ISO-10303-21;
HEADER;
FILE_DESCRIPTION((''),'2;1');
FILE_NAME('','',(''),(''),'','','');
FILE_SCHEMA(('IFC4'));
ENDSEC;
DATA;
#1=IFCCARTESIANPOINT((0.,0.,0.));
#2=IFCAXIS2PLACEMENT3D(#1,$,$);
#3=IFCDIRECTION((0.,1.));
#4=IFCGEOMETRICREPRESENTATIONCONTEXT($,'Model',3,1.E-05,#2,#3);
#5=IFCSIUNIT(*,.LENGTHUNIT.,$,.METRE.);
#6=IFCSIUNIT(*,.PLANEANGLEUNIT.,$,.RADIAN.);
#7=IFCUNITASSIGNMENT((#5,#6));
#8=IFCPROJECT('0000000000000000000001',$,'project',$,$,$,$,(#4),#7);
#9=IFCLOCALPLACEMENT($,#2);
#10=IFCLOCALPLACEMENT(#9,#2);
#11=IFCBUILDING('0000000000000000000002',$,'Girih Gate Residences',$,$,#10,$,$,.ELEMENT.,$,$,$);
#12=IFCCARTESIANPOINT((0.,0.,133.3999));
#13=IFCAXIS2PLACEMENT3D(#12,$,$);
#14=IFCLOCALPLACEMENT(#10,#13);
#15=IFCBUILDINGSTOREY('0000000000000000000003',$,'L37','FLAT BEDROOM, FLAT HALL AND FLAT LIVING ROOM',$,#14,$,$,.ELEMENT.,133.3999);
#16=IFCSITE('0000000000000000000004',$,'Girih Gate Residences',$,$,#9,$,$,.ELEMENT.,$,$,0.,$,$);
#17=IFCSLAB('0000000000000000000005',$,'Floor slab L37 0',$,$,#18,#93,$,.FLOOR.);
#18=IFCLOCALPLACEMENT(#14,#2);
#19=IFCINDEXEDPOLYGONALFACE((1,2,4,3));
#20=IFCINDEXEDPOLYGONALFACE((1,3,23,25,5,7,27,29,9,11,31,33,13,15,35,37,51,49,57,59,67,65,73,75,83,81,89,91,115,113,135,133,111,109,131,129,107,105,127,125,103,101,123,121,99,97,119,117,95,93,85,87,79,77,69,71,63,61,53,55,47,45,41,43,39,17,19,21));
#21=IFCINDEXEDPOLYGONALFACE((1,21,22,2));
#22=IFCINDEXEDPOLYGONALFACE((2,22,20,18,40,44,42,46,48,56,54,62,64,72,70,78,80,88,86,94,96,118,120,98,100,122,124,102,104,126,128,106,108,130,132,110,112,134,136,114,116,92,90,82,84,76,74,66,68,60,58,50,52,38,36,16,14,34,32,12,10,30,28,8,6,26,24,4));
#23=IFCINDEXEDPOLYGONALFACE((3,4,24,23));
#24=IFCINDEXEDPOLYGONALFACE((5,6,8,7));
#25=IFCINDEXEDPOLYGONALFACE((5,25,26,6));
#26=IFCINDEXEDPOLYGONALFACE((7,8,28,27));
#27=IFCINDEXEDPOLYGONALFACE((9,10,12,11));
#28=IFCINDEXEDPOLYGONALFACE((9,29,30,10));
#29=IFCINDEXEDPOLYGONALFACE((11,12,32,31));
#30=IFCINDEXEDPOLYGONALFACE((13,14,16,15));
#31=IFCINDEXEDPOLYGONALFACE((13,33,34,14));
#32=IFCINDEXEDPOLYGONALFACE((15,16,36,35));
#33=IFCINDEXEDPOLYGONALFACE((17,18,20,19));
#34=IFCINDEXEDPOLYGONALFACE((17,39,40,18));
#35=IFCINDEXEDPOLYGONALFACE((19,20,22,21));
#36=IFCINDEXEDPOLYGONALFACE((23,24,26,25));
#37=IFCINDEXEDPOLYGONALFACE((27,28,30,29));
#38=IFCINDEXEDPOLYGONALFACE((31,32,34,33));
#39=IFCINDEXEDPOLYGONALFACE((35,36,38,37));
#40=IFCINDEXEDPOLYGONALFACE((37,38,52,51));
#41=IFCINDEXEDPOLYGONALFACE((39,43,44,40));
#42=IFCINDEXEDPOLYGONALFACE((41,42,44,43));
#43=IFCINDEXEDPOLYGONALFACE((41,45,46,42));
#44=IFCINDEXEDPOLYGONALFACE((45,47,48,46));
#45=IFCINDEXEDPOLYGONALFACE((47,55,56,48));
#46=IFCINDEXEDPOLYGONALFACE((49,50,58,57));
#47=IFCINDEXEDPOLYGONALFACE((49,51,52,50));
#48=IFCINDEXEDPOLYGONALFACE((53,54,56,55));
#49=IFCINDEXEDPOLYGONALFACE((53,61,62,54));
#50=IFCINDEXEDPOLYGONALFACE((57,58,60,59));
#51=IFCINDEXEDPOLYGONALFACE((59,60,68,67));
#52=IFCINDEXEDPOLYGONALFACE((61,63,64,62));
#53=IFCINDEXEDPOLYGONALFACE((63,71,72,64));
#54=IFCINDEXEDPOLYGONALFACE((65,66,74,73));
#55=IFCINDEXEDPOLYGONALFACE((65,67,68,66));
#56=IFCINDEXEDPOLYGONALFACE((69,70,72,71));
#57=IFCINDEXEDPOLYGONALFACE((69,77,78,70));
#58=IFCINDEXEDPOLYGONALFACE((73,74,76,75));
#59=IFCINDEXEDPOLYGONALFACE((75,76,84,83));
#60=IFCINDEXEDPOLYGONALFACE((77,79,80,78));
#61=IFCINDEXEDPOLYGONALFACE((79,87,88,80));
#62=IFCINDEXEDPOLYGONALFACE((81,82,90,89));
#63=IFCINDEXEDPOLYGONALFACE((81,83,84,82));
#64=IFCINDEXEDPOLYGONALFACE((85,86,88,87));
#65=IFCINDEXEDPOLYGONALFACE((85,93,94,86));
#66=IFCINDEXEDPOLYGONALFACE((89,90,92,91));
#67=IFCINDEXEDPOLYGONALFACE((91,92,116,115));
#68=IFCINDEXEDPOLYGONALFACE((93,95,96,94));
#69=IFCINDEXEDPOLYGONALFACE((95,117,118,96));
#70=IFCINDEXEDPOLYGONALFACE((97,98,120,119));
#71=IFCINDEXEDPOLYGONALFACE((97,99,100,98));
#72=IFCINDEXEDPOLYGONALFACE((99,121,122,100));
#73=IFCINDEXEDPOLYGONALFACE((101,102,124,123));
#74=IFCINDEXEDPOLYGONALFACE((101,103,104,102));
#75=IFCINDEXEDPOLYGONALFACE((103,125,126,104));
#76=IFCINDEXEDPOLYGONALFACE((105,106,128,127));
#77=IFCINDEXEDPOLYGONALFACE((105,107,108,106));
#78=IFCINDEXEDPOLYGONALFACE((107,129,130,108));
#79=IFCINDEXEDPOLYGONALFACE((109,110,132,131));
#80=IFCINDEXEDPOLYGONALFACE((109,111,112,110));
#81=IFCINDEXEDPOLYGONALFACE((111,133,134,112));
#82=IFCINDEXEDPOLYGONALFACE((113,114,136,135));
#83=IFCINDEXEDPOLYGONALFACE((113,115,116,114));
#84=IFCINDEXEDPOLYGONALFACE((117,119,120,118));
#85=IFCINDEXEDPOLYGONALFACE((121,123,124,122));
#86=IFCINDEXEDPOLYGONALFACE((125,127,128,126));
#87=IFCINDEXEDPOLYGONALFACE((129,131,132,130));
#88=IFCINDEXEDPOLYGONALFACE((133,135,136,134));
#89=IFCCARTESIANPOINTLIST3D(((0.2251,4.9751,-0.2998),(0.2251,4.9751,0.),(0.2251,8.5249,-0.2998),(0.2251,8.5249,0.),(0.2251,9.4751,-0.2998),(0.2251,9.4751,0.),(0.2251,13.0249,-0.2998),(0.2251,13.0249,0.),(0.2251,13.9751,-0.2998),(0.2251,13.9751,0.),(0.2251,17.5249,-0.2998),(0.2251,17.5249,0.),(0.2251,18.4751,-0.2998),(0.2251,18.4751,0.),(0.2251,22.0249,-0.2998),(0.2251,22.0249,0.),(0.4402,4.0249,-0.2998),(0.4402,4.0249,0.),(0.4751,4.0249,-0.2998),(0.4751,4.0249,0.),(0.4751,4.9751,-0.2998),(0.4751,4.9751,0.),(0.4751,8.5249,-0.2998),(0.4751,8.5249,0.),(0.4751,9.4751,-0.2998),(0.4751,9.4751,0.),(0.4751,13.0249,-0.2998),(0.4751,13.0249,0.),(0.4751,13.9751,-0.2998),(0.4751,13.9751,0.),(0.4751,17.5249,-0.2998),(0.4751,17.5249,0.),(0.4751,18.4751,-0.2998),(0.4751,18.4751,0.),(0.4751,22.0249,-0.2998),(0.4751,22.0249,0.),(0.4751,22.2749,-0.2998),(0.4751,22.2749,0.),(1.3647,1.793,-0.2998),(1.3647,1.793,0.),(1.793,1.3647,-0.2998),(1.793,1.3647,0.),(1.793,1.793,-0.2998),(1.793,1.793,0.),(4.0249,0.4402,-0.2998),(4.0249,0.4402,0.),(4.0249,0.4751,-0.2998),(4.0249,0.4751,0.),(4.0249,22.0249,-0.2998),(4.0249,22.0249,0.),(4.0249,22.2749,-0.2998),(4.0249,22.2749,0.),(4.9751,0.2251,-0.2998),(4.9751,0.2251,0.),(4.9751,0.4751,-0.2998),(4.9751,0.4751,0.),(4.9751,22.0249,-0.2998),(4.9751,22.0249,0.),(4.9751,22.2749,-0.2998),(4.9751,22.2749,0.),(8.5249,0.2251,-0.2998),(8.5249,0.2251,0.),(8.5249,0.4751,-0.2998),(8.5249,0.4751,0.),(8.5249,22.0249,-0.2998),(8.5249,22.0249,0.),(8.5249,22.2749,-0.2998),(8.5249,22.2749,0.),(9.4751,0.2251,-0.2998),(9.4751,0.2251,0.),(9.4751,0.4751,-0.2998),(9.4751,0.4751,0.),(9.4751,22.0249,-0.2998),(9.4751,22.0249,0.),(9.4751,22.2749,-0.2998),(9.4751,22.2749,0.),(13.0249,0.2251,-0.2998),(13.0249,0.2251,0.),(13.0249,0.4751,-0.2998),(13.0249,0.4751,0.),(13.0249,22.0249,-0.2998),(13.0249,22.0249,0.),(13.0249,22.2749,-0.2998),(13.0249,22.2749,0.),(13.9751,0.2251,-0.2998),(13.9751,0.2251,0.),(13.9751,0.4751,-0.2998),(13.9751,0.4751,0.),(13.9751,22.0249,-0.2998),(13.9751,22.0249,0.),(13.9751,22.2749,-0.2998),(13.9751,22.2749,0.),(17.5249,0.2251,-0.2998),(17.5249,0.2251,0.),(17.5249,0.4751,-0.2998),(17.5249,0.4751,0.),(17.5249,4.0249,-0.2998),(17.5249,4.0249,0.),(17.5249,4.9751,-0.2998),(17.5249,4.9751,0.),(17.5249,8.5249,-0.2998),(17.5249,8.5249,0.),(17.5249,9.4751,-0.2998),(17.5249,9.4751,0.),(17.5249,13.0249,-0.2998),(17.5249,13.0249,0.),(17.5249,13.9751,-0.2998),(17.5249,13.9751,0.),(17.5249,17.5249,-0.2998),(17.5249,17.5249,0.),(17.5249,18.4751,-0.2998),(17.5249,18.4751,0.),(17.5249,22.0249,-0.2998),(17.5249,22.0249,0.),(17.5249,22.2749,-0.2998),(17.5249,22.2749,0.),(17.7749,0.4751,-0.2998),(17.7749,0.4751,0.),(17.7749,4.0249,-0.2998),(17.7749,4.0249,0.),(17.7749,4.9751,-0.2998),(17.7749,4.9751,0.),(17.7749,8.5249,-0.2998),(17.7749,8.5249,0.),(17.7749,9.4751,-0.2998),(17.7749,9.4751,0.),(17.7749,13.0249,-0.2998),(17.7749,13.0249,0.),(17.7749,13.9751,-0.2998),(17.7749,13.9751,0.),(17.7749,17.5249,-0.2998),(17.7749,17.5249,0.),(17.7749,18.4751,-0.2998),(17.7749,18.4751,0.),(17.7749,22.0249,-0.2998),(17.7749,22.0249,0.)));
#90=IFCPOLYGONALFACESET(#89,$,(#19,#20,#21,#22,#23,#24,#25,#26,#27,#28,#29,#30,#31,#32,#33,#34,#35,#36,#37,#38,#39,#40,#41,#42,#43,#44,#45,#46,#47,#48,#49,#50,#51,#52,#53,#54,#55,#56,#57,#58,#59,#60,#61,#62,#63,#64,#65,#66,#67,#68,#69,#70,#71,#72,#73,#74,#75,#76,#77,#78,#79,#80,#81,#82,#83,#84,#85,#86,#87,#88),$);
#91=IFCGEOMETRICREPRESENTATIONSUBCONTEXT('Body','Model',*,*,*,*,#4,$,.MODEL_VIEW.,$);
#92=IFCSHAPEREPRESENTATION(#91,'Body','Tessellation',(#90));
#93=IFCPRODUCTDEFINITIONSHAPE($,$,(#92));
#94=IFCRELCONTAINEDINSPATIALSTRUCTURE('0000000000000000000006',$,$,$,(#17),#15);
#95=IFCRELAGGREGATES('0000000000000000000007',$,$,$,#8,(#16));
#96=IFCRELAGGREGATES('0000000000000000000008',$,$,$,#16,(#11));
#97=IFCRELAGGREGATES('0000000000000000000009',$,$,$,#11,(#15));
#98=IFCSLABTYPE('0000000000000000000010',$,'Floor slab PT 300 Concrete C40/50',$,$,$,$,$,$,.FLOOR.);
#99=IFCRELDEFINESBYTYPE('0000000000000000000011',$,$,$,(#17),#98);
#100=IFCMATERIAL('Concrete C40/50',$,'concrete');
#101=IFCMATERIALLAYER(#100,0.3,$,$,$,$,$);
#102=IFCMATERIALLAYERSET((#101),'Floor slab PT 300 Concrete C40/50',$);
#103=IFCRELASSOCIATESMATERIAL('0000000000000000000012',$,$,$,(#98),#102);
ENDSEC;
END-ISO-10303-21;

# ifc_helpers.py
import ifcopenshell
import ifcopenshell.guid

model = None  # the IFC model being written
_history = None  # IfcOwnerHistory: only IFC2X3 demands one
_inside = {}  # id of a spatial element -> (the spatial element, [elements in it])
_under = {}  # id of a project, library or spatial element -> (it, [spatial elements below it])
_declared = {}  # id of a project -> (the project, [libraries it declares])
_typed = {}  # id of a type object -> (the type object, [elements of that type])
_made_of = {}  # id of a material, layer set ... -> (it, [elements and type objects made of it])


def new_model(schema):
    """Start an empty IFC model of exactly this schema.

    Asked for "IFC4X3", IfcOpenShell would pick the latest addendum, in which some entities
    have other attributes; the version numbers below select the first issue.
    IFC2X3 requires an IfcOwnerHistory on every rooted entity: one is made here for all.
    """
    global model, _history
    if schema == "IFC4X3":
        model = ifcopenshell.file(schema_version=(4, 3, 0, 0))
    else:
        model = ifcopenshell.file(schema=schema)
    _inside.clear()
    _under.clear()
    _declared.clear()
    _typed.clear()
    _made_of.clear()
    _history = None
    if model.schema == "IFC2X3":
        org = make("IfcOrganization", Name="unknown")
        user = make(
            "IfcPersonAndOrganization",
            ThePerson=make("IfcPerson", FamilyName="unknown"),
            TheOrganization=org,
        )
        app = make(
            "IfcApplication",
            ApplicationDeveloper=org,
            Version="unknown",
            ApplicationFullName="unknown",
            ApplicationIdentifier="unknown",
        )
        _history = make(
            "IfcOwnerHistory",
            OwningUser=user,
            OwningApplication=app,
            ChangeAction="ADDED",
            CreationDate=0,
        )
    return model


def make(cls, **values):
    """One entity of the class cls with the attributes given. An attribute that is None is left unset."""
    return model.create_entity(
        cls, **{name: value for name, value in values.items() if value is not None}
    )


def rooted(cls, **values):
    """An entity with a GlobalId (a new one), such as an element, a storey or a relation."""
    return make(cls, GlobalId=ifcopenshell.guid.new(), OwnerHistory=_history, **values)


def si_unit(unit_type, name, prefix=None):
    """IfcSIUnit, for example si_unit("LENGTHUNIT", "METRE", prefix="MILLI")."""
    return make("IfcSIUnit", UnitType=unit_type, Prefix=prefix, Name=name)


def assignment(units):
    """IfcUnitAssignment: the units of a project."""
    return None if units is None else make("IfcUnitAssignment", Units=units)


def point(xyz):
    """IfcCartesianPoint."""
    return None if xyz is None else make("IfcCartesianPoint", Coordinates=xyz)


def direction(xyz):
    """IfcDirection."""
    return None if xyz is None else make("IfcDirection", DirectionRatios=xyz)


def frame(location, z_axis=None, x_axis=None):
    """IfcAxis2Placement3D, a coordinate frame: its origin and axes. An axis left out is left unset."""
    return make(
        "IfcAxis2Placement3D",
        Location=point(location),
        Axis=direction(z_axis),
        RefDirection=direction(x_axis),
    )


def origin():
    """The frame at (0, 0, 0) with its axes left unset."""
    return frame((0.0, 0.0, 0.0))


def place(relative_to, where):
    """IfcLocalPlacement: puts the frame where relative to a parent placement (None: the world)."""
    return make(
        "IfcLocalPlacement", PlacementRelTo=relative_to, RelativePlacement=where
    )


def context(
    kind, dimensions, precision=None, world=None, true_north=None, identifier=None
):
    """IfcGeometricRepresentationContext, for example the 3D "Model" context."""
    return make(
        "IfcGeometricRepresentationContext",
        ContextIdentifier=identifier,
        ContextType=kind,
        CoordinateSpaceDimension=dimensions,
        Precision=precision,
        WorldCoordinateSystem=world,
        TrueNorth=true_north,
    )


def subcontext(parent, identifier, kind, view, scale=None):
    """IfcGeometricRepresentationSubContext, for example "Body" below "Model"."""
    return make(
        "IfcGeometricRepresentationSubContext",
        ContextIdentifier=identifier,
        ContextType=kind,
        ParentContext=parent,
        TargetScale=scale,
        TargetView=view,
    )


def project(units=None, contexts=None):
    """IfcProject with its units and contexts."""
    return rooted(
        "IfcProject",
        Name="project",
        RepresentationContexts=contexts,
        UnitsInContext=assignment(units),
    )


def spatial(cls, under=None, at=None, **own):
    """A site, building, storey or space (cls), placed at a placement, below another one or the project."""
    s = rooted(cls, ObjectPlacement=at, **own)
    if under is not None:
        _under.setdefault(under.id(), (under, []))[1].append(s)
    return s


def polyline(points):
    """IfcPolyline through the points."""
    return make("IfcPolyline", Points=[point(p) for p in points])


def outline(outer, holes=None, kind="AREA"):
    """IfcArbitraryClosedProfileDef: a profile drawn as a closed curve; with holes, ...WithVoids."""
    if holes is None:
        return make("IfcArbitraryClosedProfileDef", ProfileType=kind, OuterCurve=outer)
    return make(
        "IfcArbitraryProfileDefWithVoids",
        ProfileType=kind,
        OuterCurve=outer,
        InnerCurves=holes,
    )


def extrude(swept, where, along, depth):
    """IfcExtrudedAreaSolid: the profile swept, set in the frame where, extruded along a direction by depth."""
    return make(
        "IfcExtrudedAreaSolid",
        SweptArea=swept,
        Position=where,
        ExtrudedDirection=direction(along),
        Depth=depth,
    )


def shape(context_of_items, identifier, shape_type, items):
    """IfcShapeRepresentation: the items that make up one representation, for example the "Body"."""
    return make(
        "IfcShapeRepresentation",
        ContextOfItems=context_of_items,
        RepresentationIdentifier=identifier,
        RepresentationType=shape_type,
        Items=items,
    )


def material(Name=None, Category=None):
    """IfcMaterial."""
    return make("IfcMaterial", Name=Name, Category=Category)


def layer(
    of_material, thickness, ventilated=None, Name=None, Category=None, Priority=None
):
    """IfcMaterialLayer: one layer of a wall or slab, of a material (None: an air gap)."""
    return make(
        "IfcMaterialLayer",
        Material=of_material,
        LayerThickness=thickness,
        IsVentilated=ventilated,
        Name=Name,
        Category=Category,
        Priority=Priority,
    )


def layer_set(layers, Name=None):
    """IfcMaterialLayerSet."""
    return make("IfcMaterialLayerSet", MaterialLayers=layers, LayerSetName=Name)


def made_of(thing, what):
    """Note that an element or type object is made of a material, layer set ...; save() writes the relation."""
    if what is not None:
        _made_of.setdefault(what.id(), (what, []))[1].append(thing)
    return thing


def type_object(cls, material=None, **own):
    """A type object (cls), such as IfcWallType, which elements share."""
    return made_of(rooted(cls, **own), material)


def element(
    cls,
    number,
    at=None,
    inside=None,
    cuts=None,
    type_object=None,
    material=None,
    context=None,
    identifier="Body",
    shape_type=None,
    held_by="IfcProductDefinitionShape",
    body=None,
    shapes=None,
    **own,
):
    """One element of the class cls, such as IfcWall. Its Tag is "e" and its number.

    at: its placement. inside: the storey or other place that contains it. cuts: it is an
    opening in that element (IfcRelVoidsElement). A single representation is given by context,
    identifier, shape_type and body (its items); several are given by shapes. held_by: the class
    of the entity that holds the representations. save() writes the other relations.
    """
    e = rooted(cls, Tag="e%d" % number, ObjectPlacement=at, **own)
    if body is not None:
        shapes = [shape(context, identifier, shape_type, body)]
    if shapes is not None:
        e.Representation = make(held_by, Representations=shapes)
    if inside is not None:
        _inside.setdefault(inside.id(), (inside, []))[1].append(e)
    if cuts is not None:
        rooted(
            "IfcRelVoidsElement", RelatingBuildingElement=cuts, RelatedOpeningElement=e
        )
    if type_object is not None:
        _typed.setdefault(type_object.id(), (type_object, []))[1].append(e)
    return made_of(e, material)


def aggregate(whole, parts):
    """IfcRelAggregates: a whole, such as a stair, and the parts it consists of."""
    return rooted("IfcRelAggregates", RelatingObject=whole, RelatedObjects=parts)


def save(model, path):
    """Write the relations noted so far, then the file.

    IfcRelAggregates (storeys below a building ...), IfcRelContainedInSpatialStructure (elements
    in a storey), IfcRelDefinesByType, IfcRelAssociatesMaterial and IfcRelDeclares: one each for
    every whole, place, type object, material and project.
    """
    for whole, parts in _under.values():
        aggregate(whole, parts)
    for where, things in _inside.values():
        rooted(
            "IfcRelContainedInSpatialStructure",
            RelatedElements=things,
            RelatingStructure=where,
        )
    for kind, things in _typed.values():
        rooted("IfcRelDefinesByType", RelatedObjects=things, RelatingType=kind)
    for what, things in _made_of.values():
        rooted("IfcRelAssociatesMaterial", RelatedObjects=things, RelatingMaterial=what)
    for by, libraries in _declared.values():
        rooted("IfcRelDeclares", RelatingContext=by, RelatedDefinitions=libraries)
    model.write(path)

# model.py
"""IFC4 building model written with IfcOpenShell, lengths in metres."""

from ifc_helpers import new_model, si_unit, direction, frame, origin, place, context, subcontext, project, spatial, polyline, outline, extrude, material, layer, layer_set, type_object, element, save


model = new_model("IFC4")

# Units and contexts
model_context = context("Model", 3, precision=1e-05, world=origin(), true_north=direction((0.0, 1.0)))
body_context = subcontext(model_context, "Body", "Model", "MODEL_VIEW")
ifc_project = project(units=[si_unit("LENGTHUNIT", "METRE"), si_unit("PLANEANGLEUNIT", "RADIAN")], contexts=[model_context])

# Site, building, storey
site_placement = place(None, origin())
site = spatial("IfcSite", under=ifc_project, at=site_placement, Name="Girih Gate Residences", CompositionType="ELEMENT", RefElevation=0.0)
building_placement = place(site_placement, origin())
building = spatial("IfcBuilding", under=site, at=building_placement, Name="Girih Gate Residences", CompositionType="ELEMENT")
storey_placement = place(building_placement, frame((0.0, 0.0, 133.3999)))
storey = spatial("IfcBuildingStorey", under=building, at=storey_placement, Name="L37", Description="FLAT BEDROOM, FLAT HALL AND FLAT LIVING ROOM", CompositionType="ELEMENT", Elevation=133.3999)

# Slab
ifc_material_1 = material(Name="Concrete C40/50", Category="concrete")
ifc_layer_1 = layer(ifc_material_1, 0.3)
ifc_layer_set_1 = layer_set([ifc_layer_1], Name="Floor slab PT 300 Concrete C40/50")
slab_type_1 = type_object("IfcSlabType", Name="Floor slab PT 300 Concrete C40/50", PredefinedType="FLOOR", material=ifc_layer_set_1)
slab_1_placement = place(storey_placement, frame((0.0, 0.0, -0.2998)))
element("IfcSlab", 1, at=slab_1_placement, inside=storey, type_object=slab_type_1, Name="Floor slab L37 0", PredefinedType="FLOOR", context=body_context, shape_type="SweptSolid", body=[
    extrude(outline(polyline([(0.2251, 8.5249), (0.2251, 4.9751), (0.4751, 4.9751), (0.4751, 4.0249), (0.4402, 4.0249), (1.3647, 1.793), (1.793, 1.793), (1.793, 1.3647), (4.0249, 0.4402), (4.0249, 0.4751), (4.9751, 0.4751), (4.9751, 0.2251), (8.5249, 0.2251), (8.5249, 0.4751), (9.4751, 0.4751), (9.4751, 0.2251), (13.0249, 0.2251), (13.0249, 0.4751), (13.9751, 0.4751), (13.9751, 0.2251), (17.5249, 0.2251), (17.5249, 0.4751), (17.7749, 0.4751), (17.7749, 4.0249), (17.5249, 4.0249), (17.5249, 4.9751), (17.7749, 4.9751), (17.7749, 8.5249), (17.5249, 8.5249), (17.5249, 9.4751), (17.7749, 9.4751), (17.7749, 13.0249), (17.5249, 13.0249), (17.5249, 13.9751), (17.7749, 13.9751), (17.7749, 17.5249), (17.5249, 17.5249), (17.5249, 18.4751), (17.7749, 18.4751), (17.7749, 22.0249), (17.5249, 22.0249), (17.5249, 22.2749), (13.9751, 22.2749), (13.9751, 22.0249), (13.0249, 22.0249), (13.0249, 22.2749), (9.4751, 22.2749), (9.4751, 22.0249), (8.5249, 22.0249), (8.5249, 22.2749), (4.9751, 22.2749), (4.9751, 22.0249), (4.0249, 22.0249), (4.0249, 22.2749), (0.4751, 22.2749), (0.4751, 22.0249), (0.2251, 22.0249), (0.2251, 18.4751), (0.4751, 18.4751), (0.4751, 17.5249), (0.2251, 17.5249), (0.2251, 13.9751), (0.4751, 13.9751), (0.4751, 13.0249), (0.2251, 13.0249), (0.2251, 9.4751), (0.4751, 9.4751), (0.4751, 8.5249), (0.2251, 8.5249)])), origin(), (0.0, 0.0, 1.0), 0.2998),
])

save(model, "model.ifc")
